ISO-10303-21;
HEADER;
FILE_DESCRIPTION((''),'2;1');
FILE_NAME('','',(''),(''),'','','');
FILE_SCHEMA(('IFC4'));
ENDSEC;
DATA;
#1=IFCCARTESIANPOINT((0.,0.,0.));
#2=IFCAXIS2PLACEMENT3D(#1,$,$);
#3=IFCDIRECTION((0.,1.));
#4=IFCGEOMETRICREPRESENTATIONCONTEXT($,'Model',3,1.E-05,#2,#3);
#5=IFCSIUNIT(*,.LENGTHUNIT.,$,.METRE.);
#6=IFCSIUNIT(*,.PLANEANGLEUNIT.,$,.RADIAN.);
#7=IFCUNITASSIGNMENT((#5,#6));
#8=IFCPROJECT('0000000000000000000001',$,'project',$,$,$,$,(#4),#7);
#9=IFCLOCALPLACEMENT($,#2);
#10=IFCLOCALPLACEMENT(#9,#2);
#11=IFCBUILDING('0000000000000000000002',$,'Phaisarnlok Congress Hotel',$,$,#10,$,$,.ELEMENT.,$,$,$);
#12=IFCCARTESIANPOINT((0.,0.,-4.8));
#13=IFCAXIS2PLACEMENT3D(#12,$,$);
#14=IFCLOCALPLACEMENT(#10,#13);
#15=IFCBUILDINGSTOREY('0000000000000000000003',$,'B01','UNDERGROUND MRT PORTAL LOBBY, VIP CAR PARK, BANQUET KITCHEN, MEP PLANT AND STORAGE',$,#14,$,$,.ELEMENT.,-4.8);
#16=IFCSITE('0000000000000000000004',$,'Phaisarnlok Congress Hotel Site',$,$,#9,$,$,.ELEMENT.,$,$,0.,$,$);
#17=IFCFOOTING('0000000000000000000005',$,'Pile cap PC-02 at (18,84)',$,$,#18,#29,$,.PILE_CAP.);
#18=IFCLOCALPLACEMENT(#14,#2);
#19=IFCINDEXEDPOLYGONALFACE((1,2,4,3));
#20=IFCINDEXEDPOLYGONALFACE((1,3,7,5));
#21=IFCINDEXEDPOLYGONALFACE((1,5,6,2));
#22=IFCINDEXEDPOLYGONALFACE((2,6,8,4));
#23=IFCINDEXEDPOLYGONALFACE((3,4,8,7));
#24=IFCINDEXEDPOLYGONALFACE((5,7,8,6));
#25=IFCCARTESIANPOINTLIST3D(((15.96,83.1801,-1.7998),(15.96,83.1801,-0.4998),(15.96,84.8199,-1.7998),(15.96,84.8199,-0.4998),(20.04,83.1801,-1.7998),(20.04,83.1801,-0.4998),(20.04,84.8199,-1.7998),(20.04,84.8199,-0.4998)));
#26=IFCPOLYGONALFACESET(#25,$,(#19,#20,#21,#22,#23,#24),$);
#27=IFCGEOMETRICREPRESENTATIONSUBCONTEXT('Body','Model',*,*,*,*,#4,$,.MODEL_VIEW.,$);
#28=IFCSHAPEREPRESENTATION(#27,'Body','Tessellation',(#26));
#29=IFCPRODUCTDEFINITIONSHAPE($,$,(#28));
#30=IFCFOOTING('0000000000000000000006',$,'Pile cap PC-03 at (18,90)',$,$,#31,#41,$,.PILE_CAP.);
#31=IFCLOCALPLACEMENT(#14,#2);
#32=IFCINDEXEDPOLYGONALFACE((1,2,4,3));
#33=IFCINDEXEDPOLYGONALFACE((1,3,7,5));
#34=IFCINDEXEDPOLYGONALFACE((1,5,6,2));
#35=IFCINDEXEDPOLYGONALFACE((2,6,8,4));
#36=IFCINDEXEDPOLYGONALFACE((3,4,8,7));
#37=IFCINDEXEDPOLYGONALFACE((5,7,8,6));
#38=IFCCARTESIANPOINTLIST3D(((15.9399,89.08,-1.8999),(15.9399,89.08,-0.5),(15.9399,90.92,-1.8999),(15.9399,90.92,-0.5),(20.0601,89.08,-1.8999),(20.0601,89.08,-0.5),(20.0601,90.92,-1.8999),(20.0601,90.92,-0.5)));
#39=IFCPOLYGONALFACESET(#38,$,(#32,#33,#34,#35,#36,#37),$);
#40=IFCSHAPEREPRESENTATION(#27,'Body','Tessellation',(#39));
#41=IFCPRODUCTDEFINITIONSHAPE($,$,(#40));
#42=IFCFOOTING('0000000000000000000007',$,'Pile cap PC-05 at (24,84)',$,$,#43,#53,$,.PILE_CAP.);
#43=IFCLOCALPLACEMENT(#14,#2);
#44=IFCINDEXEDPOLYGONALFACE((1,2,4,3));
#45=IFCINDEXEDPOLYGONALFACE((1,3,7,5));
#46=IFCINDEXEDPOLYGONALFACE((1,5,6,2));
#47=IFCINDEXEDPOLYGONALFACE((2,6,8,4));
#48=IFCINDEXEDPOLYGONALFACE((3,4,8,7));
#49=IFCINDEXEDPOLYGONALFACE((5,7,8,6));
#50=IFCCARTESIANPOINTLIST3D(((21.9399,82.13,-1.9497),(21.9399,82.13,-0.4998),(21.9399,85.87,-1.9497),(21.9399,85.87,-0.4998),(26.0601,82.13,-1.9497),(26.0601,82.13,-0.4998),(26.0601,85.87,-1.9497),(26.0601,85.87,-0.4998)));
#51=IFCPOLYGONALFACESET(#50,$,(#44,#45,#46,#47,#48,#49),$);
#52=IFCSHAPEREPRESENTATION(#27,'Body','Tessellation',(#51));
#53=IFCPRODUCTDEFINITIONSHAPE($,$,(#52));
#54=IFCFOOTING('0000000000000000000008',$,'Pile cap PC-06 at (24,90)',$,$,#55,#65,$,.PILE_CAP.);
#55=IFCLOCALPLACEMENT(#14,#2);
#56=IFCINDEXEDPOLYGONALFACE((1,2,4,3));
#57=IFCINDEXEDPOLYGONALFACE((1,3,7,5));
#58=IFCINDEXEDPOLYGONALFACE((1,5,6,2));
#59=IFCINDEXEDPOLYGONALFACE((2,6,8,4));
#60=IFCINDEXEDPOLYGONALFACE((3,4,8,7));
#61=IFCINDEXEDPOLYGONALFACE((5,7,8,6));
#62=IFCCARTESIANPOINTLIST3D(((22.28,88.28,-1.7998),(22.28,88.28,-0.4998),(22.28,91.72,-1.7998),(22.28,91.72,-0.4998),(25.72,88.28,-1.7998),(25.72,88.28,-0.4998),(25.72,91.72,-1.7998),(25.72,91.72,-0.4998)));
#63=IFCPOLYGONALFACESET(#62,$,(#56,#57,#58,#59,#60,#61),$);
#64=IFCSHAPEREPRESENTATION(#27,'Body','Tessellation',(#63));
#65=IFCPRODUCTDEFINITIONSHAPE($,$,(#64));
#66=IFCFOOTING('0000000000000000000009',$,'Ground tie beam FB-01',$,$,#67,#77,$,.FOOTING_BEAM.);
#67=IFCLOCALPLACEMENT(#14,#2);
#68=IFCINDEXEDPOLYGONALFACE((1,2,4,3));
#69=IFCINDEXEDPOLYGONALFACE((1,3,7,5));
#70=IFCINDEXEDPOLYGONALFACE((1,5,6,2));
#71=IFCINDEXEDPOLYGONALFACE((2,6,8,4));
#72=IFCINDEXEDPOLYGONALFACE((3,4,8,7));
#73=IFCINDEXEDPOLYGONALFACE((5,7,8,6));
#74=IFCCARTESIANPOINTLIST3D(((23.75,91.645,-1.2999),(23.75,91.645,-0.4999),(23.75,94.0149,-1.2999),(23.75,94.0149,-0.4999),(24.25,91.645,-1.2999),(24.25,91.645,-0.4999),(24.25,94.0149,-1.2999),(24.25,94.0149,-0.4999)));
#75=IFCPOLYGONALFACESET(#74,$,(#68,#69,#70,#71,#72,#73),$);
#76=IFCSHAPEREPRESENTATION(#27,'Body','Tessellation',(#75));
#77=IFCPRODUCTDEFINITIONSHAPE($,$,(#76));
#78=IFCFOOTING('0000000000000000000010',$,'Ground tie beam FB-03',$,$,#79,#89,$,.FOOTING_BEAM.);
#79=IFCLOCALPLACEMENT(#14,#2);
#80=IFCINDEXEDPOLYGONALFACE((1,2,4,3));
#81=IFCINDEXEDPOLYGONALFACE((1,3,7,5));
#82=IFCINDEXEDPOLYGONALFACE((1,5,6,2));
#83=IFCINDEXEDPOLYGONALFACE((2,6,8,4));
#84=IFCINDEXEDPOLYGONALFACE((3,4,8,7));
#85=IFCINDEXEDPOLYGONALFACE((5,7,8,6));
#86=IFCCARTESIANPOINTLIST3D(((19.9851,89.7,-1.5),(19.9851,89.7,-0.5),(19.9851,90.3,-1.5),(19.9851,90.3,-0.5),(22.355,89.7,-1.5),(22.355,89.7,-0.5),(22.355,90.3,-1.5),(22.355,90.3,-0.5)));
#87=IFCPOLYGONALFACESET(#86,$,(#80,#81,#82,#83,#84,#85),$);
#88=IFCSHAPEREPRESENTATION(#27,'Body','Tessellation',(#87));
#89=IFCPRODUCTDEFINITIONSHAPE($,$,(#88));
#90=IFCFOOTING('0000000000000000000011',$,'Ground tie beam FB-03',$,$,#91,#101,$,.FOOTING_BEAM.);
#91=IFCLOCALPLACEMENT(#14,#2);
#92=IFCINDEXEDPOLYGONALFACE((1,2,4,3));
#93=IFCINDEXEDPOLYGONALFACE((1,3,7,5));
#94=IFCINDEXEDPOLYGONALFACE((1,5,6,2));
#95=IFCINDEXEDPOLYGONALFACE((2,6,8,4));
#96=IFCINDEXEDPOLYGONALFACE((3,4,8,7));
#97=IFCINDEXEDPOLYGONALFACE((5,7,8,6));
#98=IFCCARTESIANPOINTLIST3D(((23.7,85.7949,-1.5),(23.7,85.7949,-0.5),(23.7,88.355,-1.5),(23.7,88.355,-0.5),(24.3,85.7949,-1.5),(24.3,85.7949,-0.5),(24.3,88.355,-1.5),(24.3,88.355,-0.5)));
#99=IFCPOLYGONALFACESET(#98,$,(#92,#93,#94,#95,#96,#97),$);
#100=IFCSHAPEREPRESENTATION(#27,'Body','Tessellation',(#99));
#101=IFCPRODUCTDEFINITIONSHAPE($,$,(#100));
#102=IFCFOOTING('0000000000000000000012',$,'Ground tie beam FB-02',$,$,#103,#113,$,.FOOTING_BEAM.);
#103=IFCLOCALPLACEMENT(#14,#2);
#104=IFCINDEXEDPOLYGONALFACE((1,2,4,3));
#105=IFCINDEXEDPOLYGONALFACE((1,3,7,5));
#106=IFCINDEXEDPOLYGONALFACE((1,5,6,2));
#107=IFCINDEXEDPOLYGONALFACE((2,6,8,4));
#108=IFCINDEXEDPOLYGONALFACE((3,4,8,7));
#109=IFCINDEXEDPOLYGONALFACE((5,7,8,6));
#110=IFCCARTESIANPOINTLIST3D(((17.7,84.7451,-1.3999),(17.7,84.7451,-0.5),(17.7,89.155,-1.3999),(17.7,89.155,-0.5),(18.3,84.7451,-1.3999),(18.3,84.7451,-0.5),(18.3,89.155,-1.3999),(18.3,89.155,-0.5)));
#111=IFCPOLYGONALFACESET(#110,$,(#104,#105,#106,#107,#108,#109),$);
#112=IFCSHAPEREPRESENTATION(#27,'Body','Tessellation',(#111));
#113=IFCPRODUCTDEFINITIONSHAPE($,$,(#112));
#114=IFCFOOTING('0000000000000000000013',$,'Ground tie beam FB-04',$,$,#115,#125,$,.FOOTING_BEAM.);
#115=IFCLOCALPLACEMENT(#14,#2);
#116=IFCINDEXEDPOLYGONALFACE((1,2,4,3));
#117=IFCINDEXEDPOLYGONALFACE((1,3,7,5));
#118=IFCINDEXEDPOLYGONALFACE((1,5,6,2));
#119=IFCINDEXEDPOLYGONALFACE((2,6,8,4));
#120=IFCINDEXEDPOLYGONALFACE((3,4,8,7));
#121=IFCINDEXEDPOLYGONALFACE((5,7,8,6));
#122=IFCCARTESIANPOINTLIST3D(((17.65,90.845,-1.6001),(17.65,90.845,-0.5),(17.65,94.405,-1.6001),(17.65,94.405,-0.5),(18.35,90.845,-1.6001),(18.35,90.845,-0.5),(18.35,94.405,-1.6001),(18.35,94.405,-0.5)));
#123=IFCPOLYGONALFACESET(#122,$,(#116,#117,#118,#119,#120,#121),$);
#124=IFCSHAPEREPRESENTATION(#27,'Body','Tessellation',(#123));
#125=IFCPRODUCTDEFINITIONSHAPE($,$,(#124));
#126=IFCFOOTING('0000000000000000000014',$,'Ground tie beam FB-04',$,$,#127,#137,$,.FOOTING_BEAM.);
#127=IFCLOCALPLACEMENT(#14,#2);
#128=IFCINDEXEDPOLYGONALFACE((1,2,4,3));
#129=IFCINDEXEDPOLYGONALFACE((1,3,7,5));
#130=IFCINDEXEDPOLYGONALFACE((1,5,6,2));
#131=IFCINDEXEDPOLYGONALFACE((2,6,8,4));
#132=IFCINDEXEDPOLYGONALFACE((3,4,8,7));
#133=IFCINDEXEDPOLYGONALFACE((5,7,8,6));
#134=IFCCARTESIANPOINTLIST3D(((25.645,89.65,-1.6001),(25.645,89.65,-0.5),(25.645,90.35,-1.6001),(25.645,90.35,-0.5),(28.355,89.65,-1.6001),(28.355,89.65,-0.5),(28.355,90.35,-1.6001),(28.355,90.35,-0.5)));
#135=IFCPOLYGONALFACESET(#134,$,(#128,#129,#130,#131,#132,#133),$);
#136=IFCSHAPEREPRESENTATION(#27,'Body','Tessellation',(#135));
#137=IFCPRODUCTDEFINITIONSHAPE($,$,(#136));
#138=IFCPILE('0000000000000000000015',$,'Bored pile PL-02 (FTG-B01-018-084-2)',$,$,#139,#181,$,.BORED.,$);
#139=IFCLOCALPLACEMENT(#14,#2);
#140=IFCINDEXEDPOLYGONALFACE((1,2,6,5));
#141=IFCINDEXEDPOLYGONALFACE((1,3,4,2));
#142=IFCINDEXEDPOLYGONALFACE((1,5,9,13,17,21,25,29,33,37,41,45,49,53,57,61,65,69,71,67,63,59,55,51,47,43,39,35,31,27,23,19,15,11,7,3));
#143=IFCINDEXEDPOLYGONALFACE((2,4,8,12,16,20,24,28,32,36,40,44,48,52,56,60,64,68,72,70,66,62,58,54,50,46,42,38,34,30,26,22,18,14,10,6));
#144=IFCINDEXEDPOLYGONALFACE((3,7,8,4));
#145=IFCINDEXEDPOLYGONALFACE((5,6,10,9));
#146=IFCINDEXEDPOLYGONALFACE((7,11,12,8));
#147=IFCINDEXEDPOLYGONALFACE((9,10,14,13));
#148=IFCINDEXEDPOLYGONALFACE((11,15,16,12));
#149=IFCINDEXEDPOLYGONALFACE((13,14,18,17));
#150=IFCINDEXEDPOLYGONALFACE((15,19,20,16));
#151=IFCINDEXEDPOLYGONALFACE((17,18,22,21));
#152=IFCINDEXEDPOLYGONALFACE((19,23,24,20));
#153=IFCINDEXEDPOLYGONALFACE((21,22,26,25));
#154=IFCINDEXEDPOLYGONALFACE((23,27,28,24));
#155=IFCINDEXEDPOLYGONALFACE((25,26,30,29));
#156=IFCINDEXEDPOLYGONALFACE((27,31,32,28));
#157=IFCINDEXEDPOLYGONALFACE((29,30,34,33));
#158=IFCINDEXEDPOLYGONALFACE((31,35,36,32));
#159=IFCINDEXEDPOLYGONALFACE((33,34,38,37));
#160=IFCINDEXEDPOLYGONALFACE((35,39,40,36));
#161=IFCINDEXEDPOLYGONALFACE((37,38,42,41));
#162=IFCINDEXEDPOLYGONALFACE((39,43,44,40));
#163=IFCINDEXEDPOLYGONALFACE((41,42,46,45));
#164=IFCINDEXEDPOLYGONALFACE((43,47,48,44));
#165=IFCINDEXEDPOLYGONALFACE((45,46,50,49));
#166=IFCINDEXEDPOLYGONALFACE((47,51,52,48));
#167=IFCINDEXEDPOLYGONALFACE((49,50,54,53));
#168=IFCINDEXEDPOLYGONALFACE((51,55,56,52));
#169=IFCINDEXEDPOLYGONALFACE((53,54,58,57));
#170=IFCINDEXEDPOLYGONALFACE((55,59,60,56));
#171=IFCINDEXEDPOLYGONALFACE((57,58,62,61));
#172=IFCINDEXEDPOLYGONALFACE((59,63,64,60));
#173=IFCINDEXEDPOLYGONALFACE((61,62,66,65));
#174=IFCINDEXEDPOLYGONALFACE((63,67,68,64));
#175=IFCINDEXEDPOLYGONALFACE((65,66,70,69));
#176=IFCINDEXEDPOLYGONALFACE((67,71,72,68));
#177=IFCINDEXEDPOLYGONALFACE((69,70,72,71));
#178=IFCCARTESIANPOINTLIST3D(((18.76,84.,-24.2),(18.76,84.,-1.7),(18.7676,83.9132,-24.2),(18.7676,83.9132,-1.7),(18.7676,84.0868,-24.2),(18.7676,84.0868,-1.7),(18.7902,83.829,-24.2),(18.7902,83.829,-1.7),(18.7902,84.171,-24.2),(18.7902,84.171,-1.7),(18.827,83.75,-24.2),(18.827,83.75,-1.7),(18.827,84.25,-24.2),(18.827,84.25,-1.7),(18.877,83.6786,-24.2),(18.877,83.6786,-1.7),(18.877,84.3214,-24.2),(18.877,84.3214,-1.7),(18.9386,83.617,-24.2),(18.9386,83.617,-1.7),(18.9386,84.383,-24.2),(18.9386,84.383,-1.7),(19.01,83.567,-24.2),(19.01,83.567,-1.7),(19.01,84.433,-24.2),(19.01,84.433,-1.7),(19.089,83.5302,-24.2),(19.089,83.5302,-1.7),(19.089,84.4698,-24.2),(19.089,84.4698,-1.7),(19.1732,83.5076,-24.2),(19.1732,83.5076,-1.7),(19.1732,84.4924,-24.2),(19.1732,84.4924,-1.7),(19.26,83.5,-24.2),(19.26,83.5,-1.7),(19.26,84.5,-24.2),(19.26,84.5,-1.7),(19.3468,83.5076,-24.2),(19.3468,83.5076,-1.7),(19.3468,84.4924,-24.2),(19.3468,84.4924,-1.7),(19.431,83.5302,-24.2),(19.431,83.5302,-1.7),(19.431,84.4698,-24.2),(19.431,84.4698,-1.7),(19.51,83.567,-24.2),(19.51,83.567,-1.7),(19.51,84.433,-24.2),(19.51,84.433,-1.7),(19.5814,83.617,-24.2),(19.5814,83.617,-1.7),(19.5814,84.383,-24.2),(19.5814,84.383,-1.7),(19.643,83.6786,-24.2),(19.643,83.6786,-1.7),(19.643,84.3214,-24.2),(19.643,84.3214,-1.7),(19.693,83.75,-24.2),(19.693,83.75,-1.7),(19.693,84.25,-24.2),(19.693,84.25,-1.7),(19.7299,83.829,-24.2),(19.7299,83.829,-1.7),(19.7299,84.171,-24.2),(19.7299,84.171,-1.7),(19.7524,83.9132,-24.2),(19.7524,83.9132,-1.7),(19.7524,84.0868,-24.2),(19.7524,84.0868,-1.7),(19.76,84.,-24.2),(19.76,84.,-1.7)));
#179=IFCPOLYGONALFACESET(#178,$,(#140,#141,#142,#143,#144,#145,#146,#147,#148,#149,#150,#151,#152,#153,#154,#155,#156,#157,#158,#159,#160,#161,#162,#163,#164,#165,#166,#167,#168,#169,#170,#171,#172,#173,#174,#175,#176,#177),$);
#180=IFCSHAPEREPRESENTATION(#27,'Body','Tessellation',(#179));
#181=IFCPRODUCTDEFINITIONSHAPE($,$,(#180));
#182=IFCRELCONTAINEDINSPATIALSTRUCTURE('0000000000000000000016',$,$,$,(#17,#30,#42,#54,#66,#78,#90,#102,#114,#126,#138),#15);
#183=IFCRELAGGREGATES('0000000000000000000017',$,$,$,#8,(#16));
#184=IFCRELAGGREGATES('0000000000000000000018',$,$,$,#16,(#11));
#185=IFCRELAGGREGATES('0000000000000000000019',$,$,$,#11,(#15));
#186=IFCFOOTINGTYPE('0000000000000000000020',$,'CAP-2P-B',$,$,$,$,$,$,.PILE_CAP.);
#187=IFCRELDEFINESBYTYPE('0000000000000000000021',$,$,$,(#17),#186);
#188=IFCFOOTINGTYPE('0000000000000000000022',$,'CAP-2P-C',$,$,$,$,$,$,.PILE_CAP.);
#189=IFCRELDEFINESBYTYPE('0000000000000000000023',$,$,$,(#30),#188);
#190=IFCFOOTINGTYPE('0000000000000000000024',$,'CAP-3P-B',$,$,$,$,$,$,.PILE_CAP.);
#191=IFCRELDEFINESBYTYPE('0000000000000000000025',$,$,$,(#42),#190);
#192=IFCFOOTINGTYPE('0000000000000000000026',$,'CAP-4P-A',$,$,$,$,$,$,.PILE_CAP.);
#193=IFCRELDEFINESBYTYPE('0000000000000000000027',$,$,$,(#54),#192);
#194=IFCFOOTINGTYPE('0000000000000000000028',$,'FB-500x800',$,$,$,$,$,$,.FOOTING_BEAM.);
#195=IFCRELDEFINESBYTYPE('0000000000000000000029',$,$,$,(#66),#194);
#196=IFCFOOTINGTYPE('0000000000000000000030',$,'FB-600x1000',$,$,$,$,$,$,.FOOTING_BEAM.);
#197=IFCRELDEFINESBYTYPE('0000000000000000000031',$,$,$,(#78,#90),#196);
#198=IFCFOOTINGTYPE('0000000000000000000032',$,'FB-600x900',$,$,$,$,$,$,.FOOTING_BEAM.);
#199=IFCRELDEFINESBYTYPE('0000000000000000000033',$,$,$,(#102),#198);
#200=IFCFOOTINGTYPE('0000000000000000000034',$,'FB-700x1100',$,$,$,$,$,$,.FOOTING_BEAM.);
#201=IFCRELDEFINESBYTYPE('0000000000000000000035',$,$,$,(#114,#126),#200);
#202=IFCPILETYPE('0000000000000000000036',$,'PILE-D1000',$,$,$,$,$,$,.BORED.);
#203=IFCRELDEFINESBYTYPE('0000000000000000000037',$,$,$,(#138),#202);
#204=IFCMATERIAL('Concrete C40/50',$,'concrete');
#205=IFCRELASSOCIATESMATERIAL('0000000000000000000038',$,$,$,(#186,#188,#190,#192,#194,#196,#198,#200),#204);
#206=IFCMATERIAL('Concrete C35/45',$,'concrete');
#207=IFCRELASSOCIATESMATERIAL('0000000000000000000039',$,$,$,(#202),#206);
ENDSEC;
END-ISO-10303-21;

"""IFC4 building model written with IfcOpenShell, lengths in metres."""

from ifc_helpers import new_model, si_unit, direction, frame, origin, origin_2d, place, context, subcontext, project, spatial, rectangle, circle, extrude, material, material_profile, profile_set, type_object, element, save


model = new_model("IFC4")

# Units and contexts
model_context = context("Model", 3, precision=1e-05, world=origin(), true_north=direction((0.0, 1.0)))
body_context = subcontext(model_context, "Body", "Model", "MODEL_VIEW")
ifc_project = project(units=[si_unit("LENGTHUNIT", "METRE"), si_unit("PLANEANGLEUNIT", "RADIAN")], contexts=[model_context])

# Site, building, storey
site_placement = place(None, origin())
site = spatial("IfcSite", under=ifc_project, at=site_placement, Name="Phaisarnlok Congress Hotel Site", CompositionType="ELEMENT", RefElevation=0.0)
building_placement = place(site_placement, origin())
building = spatial("IfcBuilding", under=site, at=building_placement, Name="Phaisarnlok Congress Hotel", CompositionType="ELEMENT")
storey_placement = place(building_placement, frame((0.0, 0.0, -4.8)))
storey = spatial("IfcBuildingStorey", under=building, at=storey_placement, Name="B01", Description="UNDERGROUND MRT PORTAL LOBBY, VIP CAR PARK, BANQUET KITCHEN, MEP PLANT AND STORAGE", CompositionType="ELEMENT", Elevation=-4.8)

# Footings
ifc_material_1 = material(Name="Concrete C40/50", Category="concrete")
footing_type_1 = type_object("IfcFootingType", Name="CAP-2P-B", PredefinedType="PILE_CAP", material=ifc_material_1)
footing_1_placement = place(storey_placement, frame((18.0, 84.0, -1.7998), z_axis=(0.0, 0.0, 1.0), x_axis=(1.0, 0.0, 0.0)))
element("IfcFooting", 1, at=footing_1_placement, inside=storey, type_object=footing_type_1, Name="Pile cap PC-02 at (18,84)", PredefinedType="PILE_CAP", context=body_context, shape_type="SweptSolid", body=[
    extrude(rectangle(XDim=4.0801, YDim=1.6399, at=origin_2d()), origin(), (0.0, 0.0, 1.0), 1.3),
])
footing_type_2 = type_object("IfcFootingType", Name="CAP-2P-C", PredefinedType="PILE_CAP", material=ifc_material_1)
footing_2_placement = place(storey_placement, frame((18.0, 90.0, -1.8999), z_axis=(0.0, 0.0, 1.0), x_axis=(1.0, 0.0, 0.0)))
element("IfcFooting", 2, at=footing_2_placement, inside=storey, type_object=footing_type_2, Name="Pile cap PC-03 at (18,90)", PredefinedType="PILE_CAP", context=body_context, shape_type="SweptSolid", body=[
    extrude(rectangle(XDim=4.1201, YDim=1.8401, at=origin_2d()), origin(), (0.0, 0.0, 1.0), 1.3999),
])
footing_type_3 = type_object("IfcFootingType", Name="CAP-3P-B", PredefinedType="PILE_CAP", material=ifc_material_1)
footing_3_placement = place(storey_placement, frame((24.0, 84.0, -1.9497), z_axis=(0.0, 0.0, 1.0), x_axis=(1.0, 0.0, 0.0)))
element("IfcFooting", 3, at=footing_3_placement, inside=storey, type_object=footing_type_3, Name="Pile cap PC-05 at (24,84)", PredefinedType="PILE_CAP", context=body_context, shape_type="SweptSolid", body=[
    extrude(rectangle(XDim=4.1201, YDim=3.74, at=origin_2d()), origin(), (0.0, 0.0, 1.0), 1.45),
])
footing_type_4 = type_object("IfcFootingType", Name="CAP-4P-A", PredefinedType="PILE_CAP", material=ifc_material_1)
footing_4_placement = place(storey_placement, frame((24.0, 90.0, -1.7998), z_axis=(0.0, 0.0, 1.0), x_axis=(1.0, 0.0, 0.0)))
element("IfcFooting", 4, at=footing_4_placement, inside=storey, type_object=footing_type_4, Name="Pile cap PC-06 at (24,90)", PredefinedType="PILE_CAP", context=body_context, shape_type="SweptSolid", body=[
    extrude(rectangle(XDim=3.4399, YDim=3.4399, at=origin_2d()), origin(), (0.0, 0.0, 1.0), 1.3),
])
ifc_material_profile_1 = material_profile(ifc_material_1, rectangle(XDim=0.5, YDim=0.8, at=origin_2d()), Name="FB-500x800")
ifc_profile_set_1 = profile_set([ifc_material_profile_1], Name="Concrete C40/50")
footing_type_5 = type_object("IfcFootingType", Name="FB-500x800", PredefinedType="FOOTING_BEAM", material=ifc_profile_set_1)
footing_5_placement = place(storey_placement, frame((24.0, 91.645, -0.8999), z_axis=(0.0, 1.0, 0.0), x_axis=(-1.0, 0.0, 0.0)))
element("IfcFooting", 5, at=footing_5_placement, inside=storey, type_object=footing_type_5, Name="Ground tie beam FB-01", PredefinedType="FOOTING_BEAM", context=body_context, shape_type="SweptSolid", body=[
    extrude(rectangle(XDim=0.5, YDim=0.8, at=origin_2d()), origin(), (0.0, 0.0, 1.0), 2.3699),
])
ifc_material_profile_2 = material_profile(ifc_material_1, rectangle(XDim=0.6001, YDim=1.0, at=origin_2d()), Name="FB-600x1000")
ifc_profile_set_2 = profile_set([ifc_material_profile_2], Name="Concrete C40/50")
footing_type_6 = type_object("IfcFootingType", Name="FB-600x1000", PredefinedType="FOOTING_BEAM", material=ifc_profile_set_2)
footing_6_placement = place(storey_placement, frame((19.9851, 90.0, -1.0), z_axis=(1.0, 0.0, 0.0), x_axis=(0.0, 1.0, 0.0)))
element("IfcFooting", 6, at=footing_6_placement, inside=storey, type_object=footing_type_6, Name="Ground tie beam FB-03", PredefinedType="FOOTING_BEAM", context=body_context, shape_type="SweptSolid", body=[
    extrude(rectangle(XDim=0.6001, YDim=1.0, at=origin_2d()), origin(), (0.0, 0.0, 1.0), 2.3699),
])
footing_7_placement = place(storey_placement, frame((24.0, 85.7949, -1.0), z_axis=(0.0, 1.0, 0.0), x_axis=(-1.0, 0.0, 0.0)))
element("IfcFooting", 7, at=footing_7_placement, inside=storey, type_object=footing_type_6, Name="Ground tie beam FB-03", PredefinedType="FOOTING_BEAM", context=body_context, shape_type="SweptSolid", body=[
    extrude(rectangle(XDim=0.6001, YDim=1.0, at=origin_2d()), origin(), (0.0, 0.0, 1.0), 2.5601),
])
ifc_material_profile_3 = material_profile(ifc_material_1, rectangle(XDim=0.6001, YDim=0.8999, at=origin_2d()), Name="FB-600x900")
ifc_profile_set_3 = profile_set([ifc_material_profile_3], Name="Concrete C40/50")
footing_type_7 = type_object("IfcFootingType", Name="FB-600x900", PredefinedType="FOOTING_BEAM", material=ifc_profile_set_3)
footing_8_placement = place(storey_placement, frame((18.0, 84.7451, -0.95), z_axis=(0.0, 1.0, 0.0), x_axis=(-1.0, 0.0, 0.0)))
element("IfcFooting", 8, at=footing_8_placement, inside=storey, type_object=footing_type_7, Name="Ground tie beam FB-02", PredefinedType="FOOTING_BEAM", context=body_context, shape_type="SweptSolid", body=[
    extrude(rectangle(XDim=0.6001, YDim=0.8999, at=origin_2d()), origin(), (0.0, 0.0, 1.0), 4.4099),
])
ifc_material_profile_4 = material_profile(ifc_material_1, rectangle(XDim=0.7, YDim=1.1001, at=origin_2d()), Name="FB-700x1100")
ifc_profile_set_4 = profile_set([ifc_material_profile_4], Name="Concrete C40/50")
footing_type_8 = type_object("IfcFootingType", Name="FB-700x1100", PredefinedType="FOOTING_BEAM", material=ifc_profile_set_4)
footing_9_placement = place(storey_placement, frame((18.0, 90.845, -1.05), z_axis=(0.0, 1.0, 0.0), x_axis=(-1.0, 0.0, 0.0)))
element("IfcFooting", 9, at=footing_9_placement, inside=storey, type_object=footing_type_8, Name="Ground tie beam FB-04", PredefinedType="FOOTING_BEAM", context=body_context, shape_type="SweptSolid", body=[
    extrude(rectangle(XDim=0.7, YDim=1.1001, at=origin_2d()), origin(), (0.0, 0.0, 1.0), 3.5601),
])
footing_10_placement = place(storey_placement, frame((25.645, 90.0, -1.05), z_axis=(1.0, 0.0, 0.0), x_axis=(0.0, 1.0, 0.0)))
element("IfcFooting", 10, at=footing_10_placement, inside=storey, type_object=footing_type_8, Name="Ground tie beam FB-04", PredefinedType="FOOTING_BEAM", context=body_context, shape_type="SweptSolid", body=[
    extrude(rectangle(XDim=0.7, YDim=1.1001, at=origin_2d()), origin(), (0.0, 0.0, 1.0), 2.71),
])

# Pile
ifc_material_2 = material(Name="Concrete C35/45", Category="concrete")
ifc_material_profile_5 = material_profile(ifc_material_2, circle(Radius=0.5, at=origin_2d()), Name="BORED PILE D1000")
ifc_profile_set_5 = profile_set([ifc_material_profile_5], Name="Concrete C35/45")
pile_type_1 = type_object("IfcPileType", Name="PILE-D1000", PredefinedType="BORED", material=ifc_profile_set_5)
pile_1_placement = place(storey_placement, frame((19.26, 84.0, -1.7), z_axis=(0.0, 0.0, -1.0), x_axis=(1.0, 0.0, 0.0)))
element("IfcPile", 11, at=pile_1_placement, inside=storey, type_object=pile_type_1, Name="Bored pile PL-02 (FTG-B01-018-084-2)", PredefinedType="BORED", context=body_context, shape_type="SweptSolid", body=[
    extrude(circle(Radius=0.5, at=origin_2d()), origin(), (0.0, 0.0, 1.0), 22.5),
])

save(model, "model.ifc")
